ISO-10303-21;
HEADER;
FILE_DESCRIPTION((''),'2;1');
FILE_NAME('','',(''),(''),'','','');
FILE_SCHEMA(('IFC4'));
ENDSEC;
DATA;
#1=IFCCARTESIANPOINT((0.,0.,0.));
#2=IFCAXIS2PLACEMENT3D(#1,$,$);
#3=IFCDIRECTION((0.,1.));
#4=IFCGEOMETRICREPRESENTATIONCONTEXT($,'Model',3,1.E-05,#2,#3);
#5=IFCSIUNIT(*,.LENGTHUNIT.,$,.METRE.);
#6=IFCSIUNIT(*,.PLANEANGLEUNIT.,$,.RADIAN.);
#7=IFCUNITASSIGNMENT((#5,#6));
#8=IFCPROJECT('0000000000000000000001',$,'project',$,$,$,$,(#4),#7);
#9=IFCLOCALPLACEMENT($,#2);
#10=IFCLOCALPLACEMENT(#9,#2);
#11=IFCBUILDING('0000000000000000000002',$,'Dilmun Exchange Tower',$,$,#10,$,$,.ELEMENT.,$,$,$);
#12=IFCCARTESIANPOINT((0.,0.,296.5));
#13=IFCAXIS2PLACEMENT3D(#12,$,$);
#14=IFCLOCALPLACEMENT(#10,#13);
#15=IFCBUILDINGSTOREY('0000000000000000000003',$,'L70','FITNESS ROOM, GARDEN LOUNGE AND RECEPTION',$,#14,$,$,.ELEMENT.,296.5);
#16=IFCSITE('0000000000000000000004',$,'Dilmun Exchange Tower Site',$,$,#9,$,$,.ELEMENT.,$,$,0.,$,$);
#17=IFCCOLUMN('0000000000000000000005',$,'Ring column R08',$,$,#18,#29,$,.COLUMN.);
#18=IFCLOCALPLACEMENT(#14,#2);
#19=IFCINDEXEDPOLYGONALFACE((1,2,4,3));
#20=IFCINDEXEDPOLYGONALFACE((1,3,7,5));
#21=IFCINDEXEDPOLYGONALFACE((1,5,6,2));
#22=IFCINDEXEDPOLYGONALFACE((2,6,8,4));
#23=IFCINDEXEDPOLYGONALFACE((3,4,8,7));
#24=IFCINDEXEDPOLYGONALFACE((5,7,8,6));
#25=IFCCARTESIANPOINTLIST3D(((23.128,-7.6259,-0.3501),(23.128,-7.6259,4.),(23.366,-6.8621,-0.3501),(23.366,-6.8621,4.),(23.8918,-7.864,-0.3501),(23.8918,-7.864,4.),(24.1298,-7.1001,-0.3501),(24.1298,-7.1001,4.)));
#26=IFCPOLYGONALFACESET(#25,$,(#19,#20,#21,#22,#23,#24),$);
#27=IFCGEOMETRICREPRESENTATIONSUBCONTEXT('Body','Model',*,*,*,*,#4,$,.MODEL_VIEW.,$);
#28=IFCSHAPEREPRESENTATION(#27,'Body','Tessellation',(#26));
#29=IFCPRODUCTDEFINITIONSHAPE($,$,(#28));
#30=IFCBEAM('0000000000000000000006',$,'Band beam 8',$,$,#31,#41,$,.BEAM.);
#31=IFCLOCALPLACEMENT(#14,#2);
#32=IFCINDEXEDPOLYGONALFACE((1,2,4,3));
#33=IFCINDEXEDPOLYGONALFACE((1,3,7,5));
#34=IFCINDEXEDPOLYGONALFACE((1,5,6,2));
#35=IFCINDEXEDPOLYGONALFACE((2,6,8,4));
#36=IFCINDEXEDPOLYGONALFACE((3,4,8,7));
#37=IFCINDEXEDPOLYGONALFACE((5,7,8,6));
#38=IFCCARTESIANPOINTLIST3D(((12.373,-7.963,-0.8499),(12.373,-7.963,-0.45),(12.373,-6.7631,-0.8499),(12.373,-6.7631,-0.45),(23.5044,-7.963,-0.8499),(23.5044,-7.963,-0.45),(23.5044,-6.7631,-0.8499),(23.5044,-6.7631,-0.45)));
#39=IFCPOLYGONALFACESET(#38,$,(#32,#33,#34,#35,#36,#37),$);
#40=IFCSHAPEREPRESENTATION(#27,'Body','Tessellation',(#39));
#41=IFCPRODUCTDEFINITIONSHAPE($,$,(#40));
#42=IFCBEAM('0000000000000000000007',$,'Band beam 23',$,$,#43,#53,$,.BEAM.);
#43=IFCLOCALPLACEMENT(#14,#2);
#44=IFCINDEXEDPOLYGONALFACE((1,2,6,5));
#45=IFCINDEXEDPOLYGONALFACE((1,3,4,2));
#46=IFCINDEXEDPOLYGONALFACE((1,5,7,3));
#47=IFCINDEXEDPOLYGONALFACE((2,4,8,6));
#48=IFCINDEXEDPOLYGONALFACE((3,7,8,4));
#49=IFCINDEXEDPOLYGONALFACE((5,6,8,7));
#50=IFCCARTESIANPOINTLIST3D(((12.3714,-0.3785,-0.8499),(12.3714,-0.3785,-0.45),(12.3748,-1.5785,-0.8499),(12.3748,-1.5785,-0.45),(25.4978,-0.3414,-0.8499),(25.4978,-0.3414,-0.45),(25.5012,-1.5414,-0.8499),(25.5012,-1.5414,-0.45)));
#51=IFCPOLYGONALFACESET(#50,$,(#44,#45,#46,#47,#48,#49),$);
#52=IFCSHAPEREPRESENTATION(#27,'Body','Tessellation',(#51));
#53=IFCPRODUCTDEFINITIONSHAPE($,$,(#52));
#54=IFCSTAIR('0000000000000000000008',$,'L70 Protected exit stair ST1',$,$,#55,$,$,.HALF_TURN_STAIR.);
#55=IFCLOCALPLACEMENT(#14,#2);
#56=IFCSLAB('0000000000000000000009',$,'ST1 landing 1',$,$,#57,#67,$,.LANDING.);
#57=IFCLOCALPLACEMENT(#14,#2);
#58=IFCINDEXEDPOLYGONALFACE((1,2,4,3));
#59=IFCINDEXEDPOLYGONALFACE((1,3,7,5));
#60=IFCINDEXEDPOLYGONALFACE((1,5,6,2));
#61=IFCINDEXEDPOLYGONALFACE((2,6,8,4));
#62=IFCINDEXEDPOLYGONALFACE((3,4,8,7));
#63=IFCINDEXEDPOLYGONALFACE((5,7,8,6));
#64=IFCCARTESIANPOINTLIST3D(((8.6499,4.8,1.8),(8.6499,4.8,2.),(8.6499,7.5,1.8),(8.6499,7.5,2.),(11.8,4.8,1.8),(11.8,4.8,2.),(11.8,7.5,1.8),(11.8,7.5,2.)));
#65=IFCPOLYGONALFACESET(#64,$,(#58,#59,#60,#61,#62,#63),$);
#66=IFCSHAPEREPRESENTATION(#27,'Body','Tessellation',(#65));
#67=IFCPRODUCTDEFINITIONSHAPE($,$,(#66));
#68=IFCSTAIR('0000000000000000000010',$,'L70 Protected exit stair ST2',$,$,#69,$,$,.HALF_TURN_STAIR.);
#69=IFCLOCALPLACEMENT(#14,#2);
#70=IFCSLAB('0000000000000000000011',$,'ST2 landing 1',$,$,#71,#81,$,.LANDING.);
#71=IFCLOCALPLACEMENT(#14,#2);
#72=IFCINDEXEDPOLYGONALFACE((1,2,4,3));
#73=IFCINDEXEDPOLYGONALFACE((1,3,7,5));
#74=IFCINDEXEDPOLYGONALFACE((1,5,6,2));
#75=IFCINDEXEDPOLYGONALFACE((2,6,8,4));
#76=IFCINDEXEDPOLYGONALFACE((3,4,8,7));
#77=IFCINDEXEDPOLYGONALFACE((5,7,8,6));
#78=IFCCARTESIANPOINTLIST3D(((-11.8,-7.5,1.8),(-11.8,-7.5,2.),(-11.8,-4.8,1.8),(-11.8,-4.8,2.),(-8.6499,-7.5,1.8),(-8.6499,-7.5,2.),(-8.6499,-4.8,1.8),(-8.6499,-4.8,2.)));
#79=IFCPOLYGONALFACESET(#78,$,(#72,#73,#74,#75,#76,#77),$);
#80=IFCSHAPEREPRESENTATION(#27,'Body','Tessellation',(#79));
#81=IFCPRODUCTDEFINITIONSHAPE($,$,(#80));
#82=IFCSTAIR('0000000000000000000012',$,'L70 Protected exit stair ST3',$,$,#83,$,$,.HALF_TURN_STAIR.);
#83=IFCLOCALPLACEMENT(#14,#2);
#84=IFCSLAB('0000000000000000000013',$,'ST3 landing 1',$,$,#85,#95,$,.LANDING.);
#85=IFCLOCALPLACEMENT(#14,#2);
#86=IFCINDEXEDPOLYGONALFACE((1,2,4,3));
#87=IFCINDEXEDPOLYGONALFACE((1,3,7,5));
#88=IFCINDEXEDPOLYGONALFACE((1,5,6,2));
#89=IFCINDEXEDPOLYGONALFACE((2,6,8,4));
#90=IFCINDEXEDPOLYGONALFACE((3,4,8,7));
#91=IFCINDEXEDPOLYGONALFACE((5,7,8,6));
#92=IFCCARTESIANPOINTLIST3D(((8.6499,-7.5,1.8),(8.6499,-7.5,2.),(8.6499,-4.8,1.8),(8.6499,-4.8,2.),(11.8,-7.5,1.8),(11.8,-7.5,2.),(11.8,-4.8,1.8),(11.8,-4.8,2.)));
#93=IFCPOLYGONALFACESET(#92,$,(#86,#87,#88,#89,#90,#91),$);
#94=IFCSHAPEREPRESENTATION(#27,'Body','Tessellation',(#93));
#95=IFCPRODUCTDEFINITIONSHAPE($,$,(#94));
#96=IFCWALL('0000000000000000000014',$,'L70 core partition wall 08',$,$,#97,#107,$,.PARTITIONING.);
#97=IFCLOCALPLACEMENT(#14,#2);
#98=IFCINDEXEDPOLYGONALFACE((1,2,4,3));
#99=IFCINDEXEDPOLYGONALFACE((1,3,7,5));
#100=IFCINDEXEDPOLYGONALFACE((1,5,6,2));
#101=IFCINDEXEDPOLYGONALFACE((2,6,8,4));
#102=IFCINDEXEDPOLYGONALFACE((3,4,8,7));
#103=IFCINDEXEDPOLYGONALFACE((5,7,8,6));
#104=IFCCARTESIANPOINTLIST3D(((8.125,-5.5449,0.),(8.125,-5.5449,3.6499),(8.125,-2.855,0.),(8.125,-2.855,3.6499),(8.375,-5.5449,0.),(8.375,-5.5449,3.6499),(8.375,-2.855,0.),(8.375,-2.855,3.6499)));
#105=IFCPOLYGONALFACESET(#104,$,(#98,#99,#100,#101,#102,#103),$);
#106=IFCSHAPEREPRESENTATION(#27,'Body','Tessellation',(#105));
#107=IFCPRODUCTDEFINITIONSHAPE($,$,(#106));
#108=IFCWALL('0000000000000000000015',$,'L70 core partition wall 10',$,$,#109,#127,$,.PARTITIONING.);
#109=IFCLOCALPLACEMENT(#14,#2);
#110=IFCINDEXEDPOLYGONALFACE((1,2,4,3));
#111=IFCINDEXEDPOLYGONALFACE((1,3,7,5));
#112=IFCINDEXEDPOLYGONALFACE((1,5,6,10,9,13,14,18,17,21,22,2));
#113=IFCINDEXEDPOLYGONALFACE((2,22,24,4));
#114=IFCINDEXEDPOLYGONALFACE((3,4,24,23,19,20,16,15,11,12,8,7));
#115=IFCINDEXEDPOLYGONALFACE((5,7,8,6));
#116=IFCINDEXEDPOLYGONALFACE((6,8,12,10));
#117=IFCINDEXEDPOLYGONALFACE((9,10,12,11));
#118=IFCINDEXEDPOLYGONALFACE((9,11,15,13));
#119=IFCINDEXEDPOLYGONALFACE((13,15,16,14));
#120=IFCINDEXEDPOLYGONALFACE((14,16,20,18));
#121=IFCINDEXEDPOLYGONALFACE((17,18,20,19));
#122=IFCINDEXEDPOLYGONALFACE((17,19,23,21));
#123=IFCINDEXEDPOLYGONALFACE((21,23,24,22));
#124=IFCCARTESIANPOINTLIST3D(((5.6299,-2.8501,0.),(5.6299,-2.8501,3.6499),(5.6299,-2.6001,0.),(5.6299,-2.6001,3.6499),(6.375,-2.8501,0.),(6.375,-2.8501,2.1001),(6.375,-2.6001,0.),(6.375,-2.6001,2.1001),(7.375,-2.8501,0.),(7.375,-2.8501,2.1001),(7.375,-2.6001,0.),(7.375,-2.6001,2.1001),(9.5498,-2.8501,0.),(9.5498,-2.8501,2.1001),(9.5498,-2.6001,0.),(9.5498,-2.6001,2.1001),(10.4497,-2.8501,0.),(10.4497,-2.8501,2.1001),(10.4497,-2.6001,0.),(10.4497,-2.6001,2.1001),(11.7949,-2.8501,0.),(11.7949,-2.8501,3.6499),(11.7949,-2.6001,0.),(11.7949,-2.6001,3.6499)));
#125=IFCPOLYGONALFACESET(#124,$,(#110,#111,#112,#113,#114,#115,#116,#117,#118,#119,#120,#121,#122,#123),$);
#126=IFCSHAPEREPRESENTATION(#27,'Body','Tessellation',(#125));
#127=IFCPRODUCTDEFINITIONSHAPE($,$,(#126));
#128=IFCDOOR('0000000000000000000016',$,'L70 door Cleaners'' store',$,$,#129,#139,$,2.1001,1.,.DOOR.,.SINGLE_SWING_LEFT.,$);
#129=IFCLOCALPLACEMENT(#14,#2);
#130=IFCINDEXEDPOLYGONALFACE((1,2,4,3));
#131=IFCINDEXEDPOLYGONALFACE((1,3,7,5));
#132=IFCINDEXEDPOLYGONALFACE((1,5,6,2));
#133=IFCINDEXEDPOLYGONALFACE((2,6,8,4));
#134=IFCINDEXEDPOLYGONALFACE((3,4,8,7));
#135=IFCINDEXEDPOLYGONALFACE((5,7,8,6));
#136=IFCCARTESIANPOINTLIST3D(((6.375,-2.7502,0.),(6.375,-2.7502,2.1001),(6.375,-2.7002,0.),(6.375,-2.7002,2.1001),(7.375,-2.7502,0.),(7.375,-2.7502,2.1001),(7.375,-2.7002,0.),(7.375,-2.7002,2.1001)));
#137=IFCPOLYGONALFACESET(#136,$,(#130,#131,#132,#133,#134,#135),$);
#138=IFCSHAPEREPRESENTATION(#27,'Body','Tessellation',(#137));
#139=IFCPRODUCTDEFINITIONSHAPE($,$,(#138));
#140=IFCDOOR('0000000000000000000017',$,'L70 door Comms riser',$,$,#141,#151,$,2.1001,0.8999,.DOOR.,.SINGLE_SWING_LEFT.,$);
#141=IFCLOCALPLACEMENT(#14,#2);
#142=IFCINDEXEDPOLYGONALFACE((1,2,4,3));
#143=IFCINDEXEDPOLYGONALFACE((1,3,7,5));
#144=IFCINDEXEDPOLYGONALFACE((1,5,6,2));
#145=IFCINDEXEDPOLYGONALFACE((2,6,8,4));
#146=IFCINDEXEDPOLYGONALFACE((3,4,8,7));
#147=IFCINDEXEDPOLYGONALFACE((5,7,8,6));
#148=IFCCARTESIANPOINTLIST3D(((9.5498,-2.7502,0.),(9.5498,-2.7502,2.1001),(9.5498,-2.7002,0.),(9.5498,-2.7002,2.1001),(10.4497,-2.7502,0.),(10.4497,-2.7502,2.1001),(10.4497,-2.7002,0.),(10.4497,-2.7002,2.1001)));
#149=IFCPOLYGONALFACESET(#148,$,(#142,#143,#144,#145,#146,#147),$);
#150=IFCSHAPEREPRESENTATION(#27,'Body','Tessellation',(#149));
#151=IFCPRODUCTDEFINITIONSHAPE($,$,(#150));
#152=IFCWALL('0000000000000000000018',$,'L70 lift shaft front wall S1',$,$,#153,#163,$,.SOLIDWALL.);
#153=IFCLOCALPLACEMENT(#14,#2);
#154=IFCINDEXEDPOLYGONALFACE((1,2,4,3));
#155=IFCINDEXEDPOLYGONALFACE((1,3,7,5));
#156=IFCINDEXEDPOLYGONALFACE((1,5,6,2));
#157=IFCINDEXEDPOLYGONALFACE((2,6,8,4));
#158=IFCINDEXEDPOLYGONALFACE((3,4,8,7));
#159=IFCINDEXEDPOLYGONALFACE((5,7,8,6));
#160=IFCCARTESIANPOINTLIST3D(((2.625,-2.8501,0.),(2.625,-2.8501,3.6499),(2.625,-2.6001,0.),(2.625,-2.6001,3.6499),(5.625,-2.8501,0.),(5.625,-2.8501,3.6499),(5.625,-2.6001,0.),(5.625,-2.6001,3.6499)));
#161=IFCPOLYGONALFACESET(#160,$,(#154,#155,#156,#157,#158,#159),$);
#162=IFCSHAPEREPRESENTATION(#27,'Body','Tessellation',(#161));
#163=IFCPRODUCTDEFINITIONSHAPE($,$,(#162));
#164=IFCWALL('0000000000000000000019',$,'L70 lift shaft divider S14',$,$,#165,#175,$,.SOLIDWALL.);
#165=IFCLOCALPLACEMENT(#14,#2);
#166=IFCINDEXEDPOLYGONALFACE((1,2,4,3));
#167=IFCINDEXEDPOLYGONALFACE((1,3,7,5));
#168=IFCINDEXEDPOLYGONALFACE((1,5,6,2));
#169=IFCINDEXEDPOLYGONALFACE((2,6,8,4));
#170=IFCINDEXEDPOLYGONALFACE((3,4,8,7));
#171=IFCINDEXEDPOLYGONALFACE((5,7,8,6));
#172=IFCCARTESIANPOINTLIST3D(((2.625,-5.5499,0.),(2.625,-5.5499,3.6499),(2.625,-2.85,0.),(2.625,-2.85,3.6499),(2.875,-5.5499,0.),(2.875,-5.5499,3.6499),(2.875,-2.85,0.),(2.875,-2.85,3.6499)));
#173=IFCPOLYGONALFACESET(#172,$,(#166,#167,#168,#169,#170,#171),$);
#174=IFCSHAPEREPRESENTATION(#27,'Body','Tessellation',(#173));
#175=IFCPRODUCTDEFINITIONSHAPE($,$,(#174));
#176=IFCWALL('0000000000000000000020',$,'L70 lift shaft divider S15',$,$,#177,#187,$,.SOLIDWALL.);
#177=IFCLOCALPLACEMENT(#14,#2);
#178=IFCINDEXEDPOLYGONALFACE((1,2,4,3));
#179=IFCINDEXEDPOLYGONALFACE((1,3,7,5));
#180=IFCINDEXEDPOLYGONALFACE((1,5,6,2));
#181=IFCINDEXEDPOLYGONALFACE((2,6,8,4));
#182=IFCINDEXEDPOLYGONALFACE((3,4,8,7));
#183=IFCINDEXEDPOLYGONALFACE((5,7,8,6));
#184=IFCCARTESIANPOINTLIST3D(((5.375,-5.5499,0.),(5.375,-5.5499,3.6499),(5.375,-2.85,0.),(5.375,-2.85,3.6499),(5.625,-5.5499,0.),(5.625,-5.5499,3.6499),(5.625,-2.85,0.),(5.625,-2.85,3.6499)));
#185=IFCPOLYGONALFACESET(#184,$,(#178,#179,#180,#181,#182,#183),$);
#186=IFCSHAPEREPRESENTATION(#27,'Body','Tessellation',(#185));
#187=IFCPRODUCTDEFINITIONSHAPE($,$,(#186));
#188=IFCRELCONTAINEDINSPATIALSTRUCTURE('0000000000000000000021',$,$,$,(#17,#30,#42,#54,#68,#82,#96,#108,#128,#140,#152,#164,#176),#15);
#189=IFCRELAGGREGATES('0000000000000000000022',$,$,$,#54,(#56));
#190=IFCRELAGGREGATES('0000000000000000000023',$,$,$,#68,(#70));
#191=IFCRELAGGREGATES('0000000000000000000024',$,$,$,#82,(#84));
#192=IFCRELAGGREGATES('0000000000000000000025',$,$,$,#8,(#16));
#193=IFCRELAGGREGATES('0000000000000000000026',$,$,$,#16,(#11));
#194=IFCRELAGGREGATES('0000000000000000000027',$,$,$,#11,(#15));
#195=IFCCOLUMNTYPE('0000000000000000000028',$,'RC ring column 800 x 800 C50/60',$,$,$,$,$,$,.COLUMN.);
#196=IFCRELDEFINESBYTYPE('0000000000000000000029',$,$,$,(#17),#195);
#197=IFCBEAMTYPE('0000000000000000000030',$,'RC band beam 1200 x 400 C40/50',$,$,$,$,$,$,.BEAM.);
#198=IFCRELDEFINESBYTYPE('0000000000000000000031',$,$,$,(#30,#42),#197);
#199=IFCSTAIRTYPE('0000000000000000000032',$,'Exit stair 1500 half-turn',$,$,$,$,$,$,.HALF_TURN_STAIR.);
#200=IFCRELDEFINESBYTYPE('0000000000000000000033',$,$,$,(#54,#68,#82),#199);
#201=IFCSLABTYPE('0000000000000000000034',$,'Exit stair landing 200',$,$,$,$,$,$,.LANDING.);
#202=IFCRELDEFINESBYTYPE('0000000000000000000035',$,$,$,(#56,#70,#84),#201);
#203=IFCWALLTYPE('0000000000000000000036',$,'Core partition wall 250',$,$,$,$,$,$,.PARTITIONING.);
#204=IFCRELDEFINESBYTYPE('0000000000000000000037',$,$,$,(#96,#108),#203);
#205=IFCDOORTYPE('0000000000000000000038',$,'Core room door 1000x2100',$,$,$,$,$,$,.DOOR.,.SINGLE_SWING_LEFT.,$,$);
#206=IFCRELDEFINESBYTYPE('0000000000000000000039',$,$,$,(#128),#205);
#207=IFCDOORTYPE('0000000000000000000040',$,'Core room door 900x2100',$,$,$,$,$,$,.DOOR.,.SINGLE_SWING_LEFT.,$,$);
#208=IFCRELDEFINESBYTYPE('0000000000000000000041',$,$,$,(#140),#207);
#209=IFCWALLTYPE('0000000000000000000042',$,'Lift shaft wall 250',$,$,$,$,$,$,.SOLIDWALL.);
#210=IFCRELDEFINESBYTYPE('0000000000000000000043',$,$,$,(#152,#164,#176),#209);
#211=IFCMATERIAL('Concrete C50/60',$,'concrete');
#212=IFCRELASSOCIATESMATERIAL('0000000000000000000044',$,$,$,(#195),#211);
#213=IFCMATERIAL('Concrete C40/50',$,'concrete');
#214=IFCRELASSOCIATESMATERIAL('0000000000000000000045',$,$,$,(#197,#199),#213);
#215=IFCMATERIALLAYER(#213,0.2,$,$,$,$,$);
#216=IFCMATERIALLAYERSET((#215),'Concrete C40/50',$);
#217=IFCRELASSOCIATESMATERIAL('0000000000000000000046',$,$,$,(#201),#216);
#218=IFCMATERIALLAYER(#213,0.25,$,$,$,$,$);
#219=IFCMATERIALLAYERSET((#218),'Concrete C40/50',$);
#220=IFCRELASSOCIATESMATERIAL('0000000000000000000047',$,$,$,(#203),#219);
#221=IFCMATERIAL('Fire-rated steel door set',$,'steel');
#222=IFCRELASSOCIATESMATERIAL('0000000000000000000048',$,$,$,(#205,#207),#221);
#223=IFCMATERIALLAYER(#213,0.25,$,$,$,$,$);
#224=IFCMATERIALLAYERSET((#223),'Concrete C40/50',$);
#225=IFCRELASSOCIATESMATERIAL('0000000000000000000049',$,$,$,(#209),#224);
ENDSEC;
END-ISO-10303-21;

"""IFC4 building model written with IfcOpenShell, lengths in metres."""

from ifc_helpers import new_model, si_unit, direction, frame, frame_2d, origin, origin_2d, place, context, subcontext, project, spatial, polyline, rectangle, outline, extrude, material, layer, layer_set, material_profile, profile_set, type_object, element, fill, aggregate, save


model = new_model("IFC4")

# Units and contexts
model_context = context("Model", 3, precision=1e-05, world=origin(), true_north=direction((0.0, 1.0)))
body_context = subcontext(model_context, "Body", "Model", "MODEL_VIEW")
ifc_project = project(units=[si_unit("LENGTHUNIT", "METRE"), si_unit("PLANEANGLEUNIT", "RADIAN")], contexts=[model_context])

# Site, building, storey
site_placement = place(None, origin())
site = spatial("IfcSite", under=ifc_project, at=site_placement, Name="Dilmun Exchange Tower Site", CompositionType="ELEMENT", RefElevation=0.0)
building_placement = place(site_placement, origin())
building = spatial("IfcBuilding", under=site, at=building_placement, Name="Dilmun Exchange Tower", CompositionType="ELEMENT")
storey_placement = place(building_placement, frame((0.0, 0.0, 296.5)))
storey = spatial("IfcBuildingStorey", under=building, at=storey_placement, Name="L70", Description="FITNESS ROOM, GARDEN LOUNGE AND RECEPTION", CompositionType="ELEMENT", Elevation=296.5)

# Column
ifc_material_1 = material(Name="Concrete C50/60", Category="concrete")
ifc_material_profile_1 = material_profile(ifc_material_1, rectangle(XDim=0.8, YDim=0.8, at=origin_2d()), Name="800 x 800")
ifc_profile_set_1 = profile_set([ifc_material_profile_1], Name="Concrete C50/60")
column_type = type_object("IfcColumnType", Name="RC ring column 800 x 800 C50/60", PredefinedType="COLUMN", material=ifc_profile_set_1)
column_placement = place(storey_placement, frame((23.6289, -7.363, -0.3501), z_axis=(0.0, 0.0, 1.0), x_axis=(0.297503, 0.954721, 0.0)))
element("IfcColumn", 1, at=column_placement, inside=storey, type_object=column_type, Name="Ring column R08", PredefinedType="COLUMN", context=body_context, shape_type="SweptSolid", body=[
    extrude(rectangle(XDim=0.8, YDim=0.8, at=origin_2d()), origin(), (0.0, 0.0, 1.0), 4.3501),
])

# Beams
ifc_material_2 = material(Name="Concrete C40/50", Category="concrete")
ifc_material_profile_2 = material_profile(ifc_material_2, rectangle(XDim=1.2, YDim=0.3999, at=origin_2d()), Name="1200 x 400")
ifc_profile_set_2 = profile_set([ifc_material_profile_2], Name="Concrete C40/50")
beam_type = type_object("IfcBeamType", Name="RC band beam 1200 x 400 C40/50", PredefinedType="BEAM", material=ifc_profile_set_2)
beam_1_placement = place(storey_placement, frame((23.5044, -7.363, -0.6499), z_axis=(-1.0, 0.0, 0.0), x_axis=(0.0, -1.0, 0.0)))
element("IfcBeam", 2, at=beam_1_placement, inside=storey, type_object=beam_type, Name="Band beam 8", PredefinedType="BEAM", context=body_context, shape_type="SweptSolid", body=[
    extrude(rectangle(XDim=1.2, YDim=0.3999, at=origin_2d()), origin(), (0.0, 0.0, 1.0), 11.1313),
])
beam_2_placement = place(storey_placement, frame((25.4995, -0.9414, -0.6499), z_axis=(-0.999996, -0.002827, 0.0), x_axis=(0.002827, -0.999996, 0.0)))
element("IfcBeam", 3, at=beam_2_placement, inside=storey, type_object=beam_type, Name="Band beam 23", PredefinedType="BEAM", context=body_context, shape_type="SweptSolid", body=[
    extrude(rectangle(XDim=1.2, YDim=0.3999, at=origin_2d()), origin(), (0.0, 0.0, 1.0), 13.1265),
])

# Stairs, slabs
stair_type = type_object("IfcStairType", Name="Exit stair 1500 half-turn", PredefinedType="HALF_TURN_STAIR", material=ifc_material_2)
stair_1_placement = place(storey_placement, origin())
stair_1 = element("IfcStair", 4, at=stair_1_placement, inside=storey, type_object=stair_type, Name="L70 Protected exit stair ST1", PredefinedType="HALF_TURN_STAIR")
ifc_layer_1 = layer(ifc_material_2, 0.2)
ifc_layer_set_1 = layer_set([ifc_layer_1], Name="Concrete C40/50")
slab_type = type_object("IfcSlabType", Name="Exit stair landing 200", PredefinedType="LANDING", material=ifc_layer_set_1)
slab_1_placement = place(storey_placement, frame((0.0, 0.0, 1.8)))
slab_1 = element("IfcSlab", 5, at=slab_1_placement, type_object=slab_type, Name="ST1 landing 1", PredefinedType="LANDING", context=body_context, shape_type="SweptSolid", body=[
    extrude(outline(polyline([(8.6499, 7.5), (8.6499, 4.8), (11.8, 4.8), (11.8, 7.5), (8.6499, 7.5)])), origin(), (0.0, 0.0, 1.0), 0.2),
])
aggregate(stair_1, [slab_1])
stair_2_placement = place(storey_placement, origin())
stair_2 = element("IfcStair", 6, at=stair_2_placement, inside=storey, type_object=stair_type, Name="L70 Protected exit stair ST2", PredefinedType="HALF_TURN_STAIR")
slab_2_placement = place(storey_placement, frame((0.0, 0.0, 1.8)))
slab_2 = element("IfcSlab", 7, at=slab_2_placement, type_object=slab_type, Name="ST2 landing 1", PredefinedType="LANDING", context=body_context, shape_type="SweptSolid", body=[
    extrude(outline(polyline([(-8.6499, -7.5), (-8.6499, -4.8), (-11.8, -4.8), (-11.8, -7.5), (-8.6499, -7.5)])), origin(), (0.0, 0.0, 1.0), 0.2),
])
aggregate(stair_2, [slab_2])
stair_3_placement = place(storey_placement, origin())
stair_3 = element("IfcStair", 8, at=stair_3_placement, inside=storey, type_object=stair_type, Name="L70 Protected exit stair ST3", PredefinedType="HALF_TURN_STAIR")
slab_3_placement = place(storey_placement, frame((0.0, 0.0, 1.8)))
slab_3 = element("IfcSlab", 9, at=slab_3_placement, type_object=slab_type, Name="ST3 landing 1", PredefinedType="LANDING", context=body_context, shape_type="SweptSolid", body=[
    extrude(outline(polyline([(11.8, -7.5), (11.8, -4.8), (8.6499, -4.8), (8.6499, -7.5), (11.8, -7.5)])), origin(), (0.0, 0.0, 1.0), 0.2),
])

# Wall
ifc_layer_2 = layer(ifc_material_2, 0.25)
ifc_layer_set_2 = layer_set([ifc_layer_2], Name="Concrete C40/50")
wall_type_1 = type_object("IfcWallType", Name="Core partition wall 250", PredefinedType="PARTITIONING", material=ifc_layer_set_2)
wall_1_placement = place(storey_placement, frame((8.25, -5.5449, 0.0), z_axis=(0.0, 0.0, 1.0), x_axis=(0.0, 1.0, 0.0)))
element("IfcWall", 10, at=wall_1_placement, inside=storey, type_object=wall_type_1, Name="L70 core partition wall 08", PredefinedType="PARTITIONING", context=body_context, shape_type="SweptSolid", body=[
    extrude(rectangle(XDim=2.6899, YDim=0.25, at=frame_2d((1.345, 0.0))), origin(), (0.0, 0.0, 1.0), 3.6499),
])

# Wall, openings, doors
wall_2_placement = place(storey_placement, frame((5.6299, -2.7251, 0.0), z_axis=(0.0, 0.0, 1.0), x_axis=(1.0, 0.0, 0.0)))
wall_2 = element("IfcWall", 11, at=wall_2_placement, inside=storey, type_object=wall_type_1, Name="L70 core partition wall 10", PredefinedType="PARTITIONING", context=body_context, shape_type="SweptSolid", body=[
    extrude(rectangle(XDim=6.165, YDim=0.25, at=frame_2d((3.0825, 0.0))), origin(), (0.0, 0.0, 1.0), 3.6499),
])
opening_1_placement = place(wall_2_placement, frame((0.7451, 0.0, 0.0)))
opening_1 = element("IfcOpeningElement", 12, at=opening_1_placement, cuts=wall_2, PredefinedType="OPENING", context=body_context, shape_type="SweptSolid", body=[
    extrude(rectangle(XDim=1.0, YDim=2.1001, at=frame_2d((0.5, 1.05))), frame((0.0, 0.135, 0.0), z_axis=(0.0, -1.0, 0.0), x_axis=(1.0, 0.0, 0.0)), (0.0, 0.0, 1.0), 0.27),
])
opening_2_placement = place(wall_2_placement, frame((3.9199, 0.0, 0.0)))
opening_2 = element("IfcOpeningElement", 13, at=opening_2_placement, cuts=wall_2, PredefinedType="OPENING", context=body_context, shape_type="SweptSolid", body=[
    extrude(rectangle(XDim=0.8999, YDim=2.1001, at=frame_2d((0.45, 1.05))), frame((0.0, 0.135, 0.0), z_axis=(0.0, -1.0, 0.0), x_axis=(1.0, 0.0, 0.0)), (0.0, 0.0, 1.0), 0.27),
])
ifc_material_3 = material(Name="Fire-rated steel door set", Category="steel")
door_type_1 = type_object("IfcDoorType", Name="Core room door 1000x2100", OperationType="SINGLE_SWING_LEFT", PredefinedType="DOOR", material=ifc_material_3)
door_1_placement = place(opening_1_placement, origin())
door_1 = element("IfcDoor", 14, at=door_1_placement, inside=storey, type_object=door_type_1, Name="L70 door Cleaners' store", OperationType="SINGLE_SWING_LEFT", OverallHeight=2.1001, OverallWidth=1.0, PredefinedType="DOOR", context=body_context, shape_type="SweptSolid", body=[
    extrude(rectangle(XDim=1.0, YDim=2.1001, at=frame_2d((0.5, 1.05))), frame((0.0, 0.0249, 0.0), z_axis=(0.0, -1.0, 0.0), x_axis=(1.0, 0.0, 0.0)), (0.0, 0.0, 1.0), 0.05),
])
fill(opening_1, door_1)
door_type_2 = type_object("IfcDoorType", Name="Core room door 900x2100", OperationType="SINGLE_SWING_LEFT", PredefinedType="DOOR", material=ifc_material_3)
door_2_placement = place(opening_2_placement, origin())
door_2 = element("IfcDoor", 15, at=door_2_placement, inside=storey, type_object=door_type_2, Name="L70 door Comms riser", OperationType="SINGLE_SWING_LEFT", OverallHeight=2.1001, OverallWidth=0.8999, PredefinedType="DOOR", context=body_context, shape_type="SweptSolid", body=[
    extrude(rectangle(XDim=0.8999, YDim=2.1001, at=frame_2d((0.45, 1.05))), frame((0.0, 0.0249, 0.0), z_axis=(0.0, -1.0, 0.0), x_axis=(1.0, 0.0, 0.0)), (0.0, 0.0, 1.0), 0.05),
])
fill(opening_2, door_2)

# Walls
ifc_layer_3 = layer(ifc_material_2, 0.25)
ifc_layer_set_3 = layer_set([ifc_layer_3], Name="Concrete C40/50")
wall_type_2 = type_object("IfcWallType", Name="Lift shaft wall 250", PredefinedType="SOLIDWALL", material=ifc_layer_set_3)
wall_3_placement = place(storey_placement, frame((2.625, -2.7251, 0.0), z_axis=(0.0, 0.0, 1.0), x_axis=(1.0, 0.0, 0.0)))
element("IfcWall", 16, at=wall_3_placement, inside=storey, type_object=wall_type_2, Name="L70 lift shaft front wall S1", PredefinedType="SOLIDWALL", context=body_context, shape_type="SweptSolid", body=[
    extrude(rectangle(XDim=3.0, YDim=0.25, at=frame_2d((1.5, 0.0))), origin(), (0.0, 0.0, 1.0), 3.6499),
])
for number, where, z_axis, x_axis, name in (
    (17, (2.75, -5.55, 0.0), (0.0, 0.0, 1.0), (0.0, 1.0, 0.0), "L70 lift shaft divider S14"),
    (18, (5.5, -5.55, 0.0), (0.0, 0.0, 1.0), (0.0, 1.0, 0.0), "L70 lift shaft divider S15"),
):
    element("IfcWall", number, at=place(storey_placement, frame(where, z_axis=z_axis, x_axis=x_axis)), inside=storey, type_object=wall_type_2, Name=name, PredefinedType="SOLIDWALL", context=body_context, shape_type="SweptSolid", body=[
        extrude(rectangle(XDim=2.7, YDim=0.25, at=frame_2d((1.3501, 0.0))), origin(), (0.0, 0.0, 1.0), 3.6499),
    ])

aggregate(stair_3, [slab_3])

save(model, "model.ifc")
